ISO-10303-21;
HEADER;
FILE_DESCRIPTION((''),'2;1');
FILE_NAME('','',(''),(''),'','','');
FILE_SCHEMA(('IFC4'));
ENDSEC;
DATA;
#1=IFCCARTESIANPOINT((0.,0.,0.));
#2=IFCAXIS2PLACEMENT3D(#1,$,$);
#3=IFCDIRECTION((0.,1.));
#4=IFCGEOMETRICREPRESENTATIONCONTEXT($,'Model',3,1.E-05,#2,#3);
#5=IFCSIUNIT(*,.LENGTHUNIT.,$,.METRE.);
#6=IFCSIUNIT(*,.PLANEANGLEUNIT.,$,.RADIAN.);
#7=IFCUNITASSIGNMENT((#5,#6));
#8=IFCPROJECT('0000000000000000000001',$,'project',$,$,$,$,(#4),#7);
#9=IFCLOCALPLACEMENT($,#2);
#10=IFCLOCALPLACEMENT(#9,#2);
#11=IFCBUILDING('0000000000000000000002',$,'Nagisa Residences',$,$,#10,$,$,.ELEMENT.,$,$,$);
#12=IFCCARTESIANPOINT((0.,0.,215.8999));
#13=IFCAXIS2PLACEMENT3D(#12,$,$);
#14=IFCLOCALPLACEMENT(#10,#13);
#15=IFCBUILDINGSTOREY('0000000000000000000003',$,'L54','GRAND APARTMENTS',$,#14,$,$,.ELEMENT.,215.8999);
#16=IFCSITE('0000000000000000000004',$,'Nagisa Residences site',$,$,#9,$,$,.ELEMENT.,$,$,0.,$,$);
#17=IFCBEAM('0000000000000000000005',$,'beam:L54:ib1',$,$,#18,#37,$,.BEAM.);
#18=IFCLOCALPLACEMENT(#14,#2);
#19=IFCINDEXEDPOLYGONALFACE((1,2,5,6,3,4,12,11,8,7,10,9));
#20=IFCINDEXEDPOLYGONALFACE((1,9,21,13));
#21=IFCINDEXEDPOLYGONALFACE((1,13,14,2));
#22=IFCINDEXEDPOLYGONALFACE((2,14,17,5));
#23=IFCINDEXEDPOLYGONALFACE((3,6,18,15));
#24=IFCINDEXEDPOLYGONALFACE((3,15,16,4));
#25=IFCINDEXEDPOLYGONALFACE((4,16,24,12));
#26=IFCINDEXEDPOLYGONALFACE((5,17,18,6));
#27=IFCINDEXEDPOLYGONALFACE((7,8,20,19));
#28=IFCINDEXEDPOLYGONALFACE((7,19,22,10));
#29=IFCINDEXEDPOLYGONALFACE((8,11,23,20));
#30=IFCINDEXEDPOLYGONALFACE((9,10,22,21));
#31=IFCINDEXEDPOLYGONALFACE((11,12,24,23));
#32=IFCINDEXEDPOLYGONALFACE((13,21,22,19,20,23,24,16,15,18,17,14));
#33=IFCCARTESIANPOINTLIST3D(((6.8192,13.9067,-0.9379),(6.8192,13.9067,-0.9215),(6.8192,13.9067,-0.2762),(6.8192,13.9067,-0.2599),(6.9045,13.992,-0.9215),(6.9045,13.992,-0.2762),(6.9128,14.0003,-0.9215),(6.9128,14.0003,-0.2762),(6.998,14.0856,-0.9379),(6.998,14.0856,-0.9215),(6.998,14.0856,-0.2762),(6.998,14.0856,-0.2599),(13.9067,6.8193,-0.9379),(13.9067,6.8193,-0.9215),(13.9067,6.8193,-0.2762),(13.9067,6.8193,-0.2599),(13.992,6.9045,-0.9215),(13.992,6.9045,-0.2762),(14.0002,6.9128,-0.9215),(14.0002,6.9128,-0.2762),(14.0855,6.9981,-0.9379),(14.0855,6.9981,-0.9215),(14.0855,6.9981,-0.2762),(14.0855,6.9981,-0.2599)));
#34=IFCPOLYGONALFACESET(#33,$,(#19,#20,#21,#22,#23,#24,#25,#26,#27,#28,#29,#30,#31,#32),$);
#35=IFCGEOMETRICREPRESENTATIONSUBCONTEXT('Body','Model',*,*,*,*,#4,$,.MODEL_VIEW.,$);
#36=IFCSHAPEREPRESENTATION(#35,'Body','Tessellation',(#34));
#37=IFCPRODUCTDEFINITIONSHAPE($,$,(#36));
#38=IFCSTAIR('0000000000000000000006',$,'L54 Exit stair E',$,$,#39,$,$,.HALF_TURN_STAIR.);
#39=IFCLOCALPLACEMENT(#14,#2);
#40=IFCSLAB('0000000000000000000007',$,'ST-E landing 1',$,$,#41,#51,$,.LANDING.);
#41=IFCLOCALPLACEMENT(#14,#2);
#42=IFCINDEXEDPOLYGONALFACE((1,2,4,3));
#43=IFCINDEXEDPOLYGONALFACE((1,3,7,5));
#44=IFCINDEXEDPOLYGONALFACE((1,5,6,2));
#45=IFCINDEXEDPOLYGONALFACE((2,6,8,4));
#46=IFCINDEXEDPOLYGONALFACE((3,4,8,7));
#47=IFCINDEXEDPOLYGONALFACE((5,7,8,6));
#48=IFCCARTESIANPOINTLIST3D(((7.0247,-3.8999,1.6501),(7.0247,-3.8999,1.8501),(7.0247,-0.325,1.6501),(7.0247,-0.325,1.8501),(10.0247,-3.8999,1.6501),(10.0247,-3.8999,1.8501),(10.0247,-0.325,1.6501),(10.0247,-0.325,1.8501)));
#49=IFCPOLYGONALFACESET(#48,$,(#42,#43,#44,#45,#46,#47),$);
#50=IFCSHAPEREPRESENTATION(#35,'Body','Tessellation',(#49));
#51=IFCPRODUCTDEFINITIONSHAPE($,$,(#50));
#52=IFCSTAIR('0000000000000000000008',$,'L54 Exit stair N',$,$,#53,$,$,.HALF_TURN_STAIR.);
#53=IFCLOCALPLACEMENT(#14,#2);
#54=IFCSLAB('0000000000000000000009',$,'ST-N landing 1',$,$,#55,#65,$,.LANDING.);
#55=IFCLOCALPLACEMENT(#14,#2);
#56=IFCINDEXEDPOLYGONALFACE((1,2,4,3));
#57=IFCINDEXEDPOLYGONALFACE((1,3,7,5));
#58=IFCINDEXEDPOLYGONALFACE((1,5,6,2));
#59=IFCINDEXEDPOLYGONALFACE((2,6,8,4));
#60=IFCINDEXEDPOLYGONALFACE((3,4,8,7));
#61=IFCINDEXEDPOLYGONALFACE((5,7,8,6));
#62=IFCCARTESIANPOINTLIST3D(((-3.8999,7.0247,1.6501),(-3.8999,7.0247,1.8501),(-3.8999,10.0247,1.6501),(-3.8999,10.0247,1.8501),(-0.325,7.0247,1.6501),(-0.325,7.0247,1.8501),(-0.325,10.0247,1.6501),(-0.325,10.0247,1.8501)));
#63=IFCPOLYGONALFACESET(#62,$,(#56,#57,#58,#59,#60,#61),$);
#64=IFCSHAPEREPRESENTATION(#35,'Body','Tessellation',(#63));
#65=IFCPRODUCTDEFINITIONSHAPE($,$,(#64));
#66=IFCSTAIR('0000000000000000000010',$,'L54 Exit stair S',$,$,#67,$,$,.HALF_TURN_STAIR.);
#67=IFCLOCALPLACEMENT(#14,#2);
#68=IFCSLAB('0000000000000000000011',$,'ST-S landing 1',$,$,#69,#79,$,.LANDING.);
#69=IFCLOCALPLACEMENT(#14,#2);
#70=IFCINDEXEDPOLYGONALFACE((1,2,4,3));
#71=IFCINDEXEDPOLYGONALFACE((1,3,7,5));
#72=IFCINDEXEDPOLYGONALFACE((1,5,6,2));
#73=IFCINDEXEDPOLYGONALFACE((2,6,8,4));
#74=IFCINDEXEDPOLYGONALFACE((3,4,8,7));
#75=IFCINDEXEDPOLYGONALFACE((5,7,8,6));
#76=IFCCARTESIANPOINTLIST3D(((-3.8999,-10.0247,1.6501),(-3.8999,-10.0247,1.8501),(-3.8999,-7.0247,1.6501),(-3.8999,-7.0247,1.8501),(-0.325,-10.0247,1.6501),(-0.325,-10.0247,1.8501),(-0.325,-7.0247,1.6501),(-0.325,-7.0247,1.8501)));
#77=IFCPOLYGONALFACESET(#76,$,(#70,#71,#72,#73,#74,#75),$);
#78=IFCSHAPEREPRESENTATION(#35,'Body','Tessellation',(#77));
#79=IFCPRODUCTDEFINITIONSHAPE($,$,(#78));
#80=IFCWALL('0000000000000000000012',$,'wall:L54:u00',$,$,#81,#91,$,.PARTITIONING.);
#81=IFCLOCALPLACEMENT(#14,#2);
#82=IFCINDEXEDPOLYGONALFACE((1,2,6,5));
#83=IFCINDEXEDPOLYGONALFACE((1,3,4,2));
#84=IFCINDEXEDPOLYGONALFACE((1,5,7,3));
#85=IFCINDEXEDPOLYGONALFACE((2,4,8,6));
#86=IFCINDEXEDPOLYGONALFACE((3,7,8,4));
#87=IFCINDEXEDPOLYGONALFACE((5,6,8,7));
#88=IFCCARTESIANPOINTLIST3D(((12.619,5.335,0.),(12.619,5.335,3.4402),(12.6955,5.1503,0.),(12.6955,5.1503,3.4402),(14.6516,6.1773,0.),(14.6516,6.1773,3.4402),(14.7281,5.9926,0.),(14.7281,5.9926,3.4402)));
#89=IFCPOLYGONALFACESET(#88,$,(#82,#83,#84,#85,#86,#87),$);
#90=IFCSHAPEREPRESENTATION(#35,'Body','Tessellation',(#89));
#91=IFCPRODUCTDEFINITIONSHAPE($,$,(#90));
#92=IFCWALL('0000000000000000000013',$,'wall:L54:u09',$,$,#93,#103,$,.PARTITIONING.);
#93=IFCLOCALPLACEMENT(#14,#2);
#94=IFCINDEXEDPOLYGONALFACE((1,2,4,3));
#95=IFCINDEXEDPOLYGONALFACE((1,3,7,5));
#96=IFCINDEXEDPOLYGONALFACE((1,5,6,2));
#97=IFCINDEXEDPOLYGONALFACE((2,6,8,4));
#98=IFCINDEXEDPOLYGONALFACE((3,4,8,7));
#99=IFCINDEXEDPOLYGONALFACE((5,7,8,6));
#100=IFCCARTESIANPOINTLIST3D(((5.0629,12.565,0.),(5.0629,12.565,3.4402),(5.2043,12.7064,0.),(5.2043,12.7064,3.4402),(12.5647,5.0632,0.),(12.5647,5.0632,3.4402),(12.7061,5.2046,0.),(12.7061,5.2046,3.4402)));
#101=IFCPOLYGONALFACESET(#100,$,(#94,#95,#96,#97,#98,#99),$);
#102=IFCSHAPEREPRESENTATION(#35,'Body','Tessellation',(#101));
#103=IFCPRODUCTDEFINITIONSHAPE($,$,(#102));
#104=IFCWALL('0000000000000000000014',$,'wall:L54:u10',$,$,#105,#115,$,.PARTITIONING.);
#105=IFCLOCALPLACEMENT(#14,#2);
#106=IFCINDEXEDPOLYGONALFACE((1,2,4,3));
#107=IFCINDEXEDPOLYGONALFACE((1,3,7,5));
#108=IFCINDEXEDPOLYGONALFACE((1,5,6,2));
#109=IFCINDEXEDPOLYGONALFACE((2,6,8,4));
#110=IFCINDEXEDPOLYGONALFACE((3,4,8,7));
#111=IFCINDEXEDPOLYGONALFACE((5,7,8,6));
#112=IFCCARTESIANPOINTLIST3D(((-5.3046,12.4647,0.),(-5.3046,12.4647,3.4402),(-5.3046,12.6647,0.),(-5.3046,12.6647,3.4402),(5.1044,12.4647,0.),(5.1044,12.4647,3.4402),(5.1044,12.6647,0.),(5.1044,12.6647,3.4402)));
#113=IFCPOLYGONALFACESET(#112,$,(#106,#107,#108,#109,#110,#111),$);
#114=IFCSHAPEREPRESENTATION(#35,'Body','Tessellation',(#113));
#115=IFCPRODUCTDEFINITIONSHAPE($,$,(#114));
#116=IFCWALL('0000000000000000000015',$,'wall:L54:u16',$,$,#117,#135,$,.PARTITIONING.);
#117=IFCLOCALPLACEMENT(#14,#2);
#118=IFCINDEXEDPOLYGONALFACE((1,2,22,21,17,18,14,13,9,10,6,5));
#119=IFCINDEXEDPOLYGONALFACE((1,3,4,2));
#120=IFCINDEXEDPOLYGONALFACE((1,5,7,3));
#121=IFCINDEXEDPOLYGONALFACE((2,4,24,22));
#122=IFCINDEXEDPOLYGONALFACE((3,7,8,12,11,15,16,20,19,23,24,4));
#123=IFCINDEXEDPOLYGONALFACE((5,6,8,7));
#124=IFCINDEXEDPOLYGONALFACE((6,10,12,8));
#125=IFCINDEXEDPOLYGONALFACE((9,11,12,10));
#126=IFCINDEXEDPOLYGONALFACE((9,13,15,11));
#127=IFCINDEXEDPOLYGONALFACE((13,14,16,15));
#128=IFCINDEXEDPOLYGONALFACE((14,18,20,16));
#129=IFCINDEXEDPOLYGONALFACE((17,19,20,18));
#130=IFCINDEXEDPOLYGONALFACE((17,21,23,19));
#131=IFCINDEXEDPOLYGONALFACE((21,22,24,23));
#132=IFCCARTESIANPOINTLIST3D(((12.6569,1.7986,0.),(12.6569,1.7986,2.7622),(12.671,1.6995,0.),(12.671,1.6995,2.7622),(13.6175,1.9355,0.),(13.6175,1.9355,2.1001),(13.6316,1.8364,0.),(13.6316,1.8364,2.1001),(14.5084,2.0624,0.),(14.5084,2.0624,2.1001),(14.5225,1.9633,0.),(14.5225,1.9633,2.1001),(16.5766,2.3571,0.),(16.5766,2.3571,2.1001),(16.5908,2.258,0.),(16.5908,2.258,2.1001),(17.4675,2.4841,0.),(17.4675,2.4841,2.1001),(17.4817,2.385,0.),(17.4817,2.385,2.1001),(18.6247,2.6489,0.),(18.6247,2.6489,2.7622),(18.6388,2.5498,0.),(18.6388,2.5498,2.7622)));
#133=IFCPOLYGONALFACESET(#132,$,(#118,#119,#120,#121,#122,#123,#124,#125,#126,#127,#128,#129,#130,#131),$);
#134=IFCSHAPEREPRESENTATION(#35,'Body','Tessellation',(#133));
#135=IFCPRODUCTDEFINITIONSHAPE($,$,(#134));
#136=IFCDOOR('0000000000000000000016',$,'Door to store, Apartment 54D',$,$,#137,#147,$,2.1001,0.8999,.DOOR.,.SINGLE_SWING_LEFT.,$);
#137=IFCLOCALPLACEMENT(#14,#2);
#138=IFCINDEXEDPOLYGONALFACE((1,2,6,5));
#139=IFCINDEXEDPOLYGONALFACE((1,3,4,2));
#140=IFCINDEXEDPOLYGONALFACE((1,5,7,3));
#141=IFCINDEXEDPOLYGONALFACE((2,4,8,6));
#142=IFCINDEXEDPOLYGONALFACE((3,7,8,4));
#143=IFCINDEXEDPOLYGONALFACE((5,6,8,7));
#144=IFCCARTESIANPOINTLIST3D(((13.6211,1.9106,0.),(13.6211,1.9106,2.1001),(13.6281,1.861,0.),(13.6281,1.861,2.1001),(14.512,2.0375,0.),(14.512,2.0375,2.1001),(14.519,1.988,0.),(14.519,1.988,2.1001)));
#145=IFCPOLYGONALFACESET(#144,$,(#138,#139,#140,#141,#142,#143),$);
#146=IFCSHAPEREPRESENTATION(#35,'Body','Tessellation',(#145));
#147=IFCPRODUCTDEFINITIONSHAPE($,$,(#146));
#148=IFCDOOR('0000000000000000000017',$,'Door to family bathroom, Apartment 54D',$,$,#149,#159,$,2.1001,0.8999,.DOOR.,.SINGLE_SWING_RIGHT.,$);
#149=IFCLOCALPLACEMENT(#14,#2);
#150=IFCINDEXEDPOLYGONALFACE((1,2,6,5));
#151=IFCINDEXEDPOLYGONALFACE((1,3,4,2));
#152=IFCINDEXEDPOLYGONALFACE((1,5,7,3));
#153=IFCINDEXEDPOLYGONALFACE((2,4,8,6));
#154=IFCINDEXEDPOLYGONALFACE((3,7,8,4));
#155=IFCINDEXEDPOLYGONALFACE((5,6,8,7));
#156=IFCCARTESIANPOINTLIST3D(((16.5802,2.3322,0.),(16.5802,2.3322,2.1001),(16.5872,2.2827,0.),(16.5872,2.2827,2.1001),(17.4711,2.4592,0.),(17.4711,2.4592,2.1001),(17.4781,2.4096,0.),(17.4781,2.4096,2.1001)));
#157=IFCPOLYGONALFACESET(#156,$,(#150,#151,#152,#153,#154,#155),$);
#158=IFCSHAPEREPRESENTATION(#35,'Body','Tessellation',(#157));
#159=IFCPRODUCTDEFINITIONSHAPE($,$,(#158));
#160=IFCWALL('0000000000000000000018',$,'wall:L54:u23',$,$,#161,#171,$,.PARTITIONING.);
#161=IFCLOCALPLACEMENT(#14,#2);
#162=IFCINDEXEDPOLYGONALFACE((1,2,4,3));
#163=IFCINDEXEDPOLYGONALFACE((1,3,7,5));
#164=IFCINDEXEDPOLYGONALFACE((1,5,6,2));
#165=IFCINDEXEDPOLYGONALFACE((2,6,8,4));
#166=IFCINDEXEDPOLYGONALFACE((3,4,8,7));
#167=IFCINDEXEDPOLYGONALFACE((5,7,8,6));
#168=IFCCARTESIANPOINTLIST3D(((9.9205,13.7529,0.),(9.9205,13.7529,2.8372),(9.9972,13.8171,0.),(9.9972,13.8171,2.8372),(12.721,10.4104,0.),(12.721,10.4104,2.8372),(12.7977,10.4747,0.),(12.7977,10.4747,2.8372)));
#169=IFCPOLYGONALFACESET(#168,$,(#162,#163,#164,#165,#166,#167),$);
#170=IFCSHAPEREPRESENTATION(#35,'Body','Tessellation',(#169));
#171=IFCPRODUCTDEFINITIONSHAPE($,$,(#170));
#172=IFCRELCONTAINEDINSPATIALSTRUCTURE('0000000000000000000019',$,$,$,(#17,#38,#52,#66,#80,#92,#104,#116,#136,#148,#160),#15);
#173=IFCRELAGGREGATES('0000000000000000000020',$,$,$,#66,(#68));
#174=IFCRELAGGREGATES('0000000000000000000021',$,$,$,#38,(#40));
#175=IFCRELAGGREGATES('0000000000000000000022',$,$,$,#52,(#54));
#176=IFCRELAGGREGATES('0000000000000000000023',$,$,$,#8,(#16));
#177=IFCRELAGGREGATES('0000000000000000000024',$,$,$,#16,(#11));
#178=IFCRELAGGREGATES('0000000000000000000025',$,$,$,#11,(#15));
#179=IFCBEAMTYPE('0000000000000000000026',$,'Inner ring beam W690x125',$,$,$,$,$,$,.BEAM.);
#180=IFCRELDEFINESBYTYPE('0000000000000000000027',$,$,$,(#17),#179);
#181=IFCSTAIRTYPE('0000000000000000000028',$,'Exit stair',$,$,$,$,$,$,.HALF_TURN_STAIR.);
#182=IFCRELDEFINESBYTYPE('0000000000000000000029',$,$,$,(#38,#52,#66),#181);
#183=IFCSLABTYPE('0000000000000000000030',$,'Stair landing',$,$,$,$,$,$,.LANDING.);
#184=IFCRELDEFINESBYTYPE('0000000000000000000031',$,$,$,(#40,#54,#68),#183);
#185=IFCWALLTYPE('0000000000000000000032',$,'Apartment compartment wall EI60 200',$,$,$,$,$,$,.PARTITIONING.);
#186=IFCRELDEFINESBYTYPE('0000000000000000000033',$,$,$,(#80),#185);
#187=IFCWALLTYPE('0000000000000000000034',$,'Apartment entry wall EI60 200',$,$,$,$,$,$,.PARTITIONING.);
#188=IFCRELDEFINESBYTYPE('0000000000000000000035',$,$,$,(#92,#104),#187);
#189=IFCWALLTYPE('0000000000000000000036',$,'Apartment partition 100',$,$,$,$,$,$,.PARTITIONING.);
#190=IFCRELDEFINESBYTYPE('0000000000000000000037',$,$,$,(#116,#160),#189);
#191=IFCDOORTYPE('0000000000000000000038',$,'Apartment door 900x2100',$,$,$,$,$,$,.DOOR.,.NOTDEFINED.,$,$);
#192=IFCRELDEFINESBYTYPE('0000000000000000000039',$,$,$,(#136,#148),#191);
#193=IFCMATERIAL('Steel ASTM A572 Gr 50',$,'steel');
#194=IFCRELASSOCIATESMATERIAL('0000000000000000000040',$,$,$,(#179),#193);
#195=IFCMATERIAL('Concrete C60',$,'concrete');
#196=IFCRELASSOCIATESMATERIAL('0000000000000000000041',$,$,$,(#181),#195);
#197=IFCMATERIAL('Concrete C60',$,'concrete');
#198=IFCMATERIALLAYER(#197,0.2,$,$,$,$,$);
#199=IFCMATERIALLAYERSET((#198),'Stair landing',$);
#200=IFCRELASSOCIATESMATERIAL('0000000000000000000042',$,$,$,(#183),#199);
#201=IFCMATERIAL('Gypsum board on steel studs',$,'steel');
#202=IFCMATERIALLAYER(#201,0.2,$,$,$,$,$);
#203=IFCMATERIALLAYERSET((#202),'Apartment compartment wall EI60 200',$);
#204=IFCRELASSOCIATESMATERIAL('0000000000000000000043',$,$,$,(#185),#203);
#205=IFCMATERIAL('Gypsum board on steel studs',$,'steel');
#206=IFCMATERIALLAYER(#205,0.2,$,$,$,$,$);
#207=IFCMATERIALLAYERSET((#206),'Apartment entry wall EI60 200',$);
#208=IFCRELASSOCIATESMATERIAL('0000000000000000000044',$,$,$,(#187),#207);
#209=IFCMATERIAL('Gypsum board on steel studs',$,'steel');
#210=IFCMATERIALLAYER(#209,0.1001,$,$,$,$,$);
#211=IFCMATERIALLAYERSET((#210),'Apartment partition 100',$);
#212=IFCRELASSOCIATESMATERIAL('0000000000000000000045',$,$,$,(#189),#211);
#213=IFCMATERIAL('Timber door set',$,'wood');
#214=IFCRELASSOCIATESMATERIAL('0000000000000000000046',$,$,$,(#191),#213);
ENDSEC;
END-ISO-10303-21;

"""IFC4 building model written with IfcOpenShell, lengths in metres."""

from ifc_helpers import new_model, si_unit, direction, frame, frame_2d, origin, origin_2d, place, context, subcontext, project, spatial, polyline, rectangle, i_section, outline, extrude, material, layer, layer_set, material_profile, profile_set, type_object, element, fill, aggregate, save


model = new_model("IFC4")

# Units and contexts
model_context = context("Model", 3, precision=1e-05, world=origin(), true_north=direction((0.0, 1.0)))
body_context = subcontext(model_context, "Body", "Model", "MODEL_VIEW")
ifc_project = project(units=[si_unit("LENGTHUNIT", "METRE"), si_unit("PLANEANGLEUNIT", "RADIAN")], contexts=[model_context])

# Site, building, storey
site_placement = place(None, origin())
site = spatial("IfcSite", under=ifc_project, at=site_placement, Name="Nagisa Residences site", CompositionType="ELEMENT", RefElevation=0.0)
building_placement = place(site_placement, origin())
building = spatial("IfcBuilding", under=site, at=building_placement, Name="Nagisa Residences", CompositionType="ELEMENT")
storey_placement = place(building_placement, frame((0.0, 0.0, 215.8999)))
storey = spatial("IfcBuildingStorey", under=building, at=storey_placement, Name="L54", Description="GRAND APARTMENTS", CompositionType="ELEMENT", Elevation=215.8999)

# Beam
ifc_material_1 = material(Name="Steel ASTM A572 Gr 50", Category="steel")
ifc_material_profile = material_profile(ifc_material_1, i_section(OverallWidth=0.2529, OverallDepth=0.678, WebThickness=0.0117, FlangeThickness=0.0164, at=origin_2d()), Name="W690x125")
ifc_profile_set = profile_set([ifc_material_profile], Name="Steel ASTM A572 Gr 50")
beam_type = type_object("IfcBeamType", Name="Inner ring beam W690x125", PredefinedType="BEAM", material=ifc_profile_set)
beam_placement = place(storey_placement, frame((13.9961, 6.9087, -0.5989), z_axis=(-0.707107, 0.707107, 0.0), x_axis=(-0.707107, -0.707107, 0.0)))
element("IfcBeam", 1, at=beam_placement, inside=storey, type_object=beam_type, Name="beam:L54:ib1", PredefinedType="BEAM", context=body_context, shape_type="SweptSolid", body=[
    extrude(i_section(OverallWidth=0.2529, OverallDepth=0.678, WebThickness=0.0117, FlangeThickness=0.0164, at=origin_2d()), origin(), (0.0, 0.0, 1.0), 10.0232),
])

# Stairs, slabs
ifc_material_2 = material(Name="Concrete C60", Category="concrete")
stair_type = type_object("IfcStairType", Name="Exit stair", PredefinedType="HALF_TURN_STAIR", material=ifc_material_2)
stair_1_placement = place(storey_placement, origin())
stair_1 = element("IfcStair", 2, at=stair_1_placement, inside=storey, type_object=stair_type, Name="L54 Exit stair E", PredefinedType="HALF_TURN_STAIR")
ifc_material_3 = material(Name="Concrete C60", Category="concrete")
ifc_layer_1 = layer(ifc_material_3, 0.2)
ifc_layer_set_1 = layer_set([ifc_layer_1], Name="Stair landing")
slab_type = type_object("IfcSlabType", Name="Stair landing", PredefinedType="LANDING", material=ifc_layer_set_1)
slab_1_placement = place(storey_placement, frame((0.0, 0.0, 1.6501)))
slab_1 = element("IfcSlab", 3, at=slab_1_placement, type_object=slab_type, Name="ST-E landing 1", PredefinedType="LANDING", context=body_context, shape_type="SweptSolid", body=[
    extrude(outline(polyline([(7.0247, -0.325), (7.0247, -3.8999), (10.0247, -3.8999), (10.0247, -0.325), (7.0247, -0.325)])), origin(), (0.0, 0.0, 1.0), 0.2),
])
stair_2_placement = place(storey_placement, origin())
stair_2 = element("IfcStair", 4, at=stair_2_placement, inside=storey, type_object=stair_type, Name="L54 Exit stair N", PredefinedType="HALF_TURN_STAIR")
slab_2_placement = place(storey_placement, frame((0.0, 0.0, 1.6501)))
slab_2 = element("IfcSlab", 5, at=slab_2_placement, type_object=slab_type, Name="ST-N landing 1", PredefinedType="LANDING", context=body_context, shape_type="SweptSolid", body=[
    extrude(outline(polyline([(-0.325, 10.0247), (-3.8999, 10.0247), (-3.8999, 7.0247), (-0.325, 7.0247), (-0.325, 10.0247)])), origin(), (0.0, 0.0, 1.0), 0.2),
])
stair_3_placement = place(storey_placement, origin())
stair_3 = element("IfcStair", 6, at=stair_3_placement, inside=storey, type_object=stair_type, Name="L54 Exit stair S", PredefinedType="HALF_TURN_STAIR")
slab_3_placement = place(storey_placement, frame((0.0, 0.0, 1.6501)))
slab_3 = element("IfcSlab", 7, at=slab_3_placement, type_object=slab_type, Name="ST-S landing 1", PredefinedType="LANDING", context=body_context, shape_type="SweptSolid", body=[
    extrude(outline(polyline([(-0.325, -7.0247), (-3.8999, -7.0247), (-3.8999, -10.0247), (-0.325, -10.0247), (-0.325, -7.0247)])), origin(), (0.0, 0.0, 1.0), 0.2),
])
aggregate(stair_3, [slab_3])

# Walls
ifc_material_4 = material(Name="Gypsum board on steel studs", Category="steel")
ifc_layer_2 = layer(ifc_material_4, 0.2)
ifc_layer_set_2 = layer_set([ifc_layer_2], Name="Apartment compartment wall EI60 200")
wall_type_1 = type_object("IfcWallType", Name="Apartment compartment wall EI60 200", PredefinedType="PARTITIONING", material=ifc_layer_set_2)
wall_1_placement = place(storey_placement, frame((12.6572, 5.2427, 0.0), z_axis=(0.0, 0.0, 1.0), x_axis=(0.92383, 0.382803, 0.0)))
element("IfcWall", 8, at=wall_1_placement, inside=storey, type_object=wall_type_1, Name="wall:L54:u00", PredefinedType="PARTITIONING", context=body_context, shape_type="SweptSolid", body=[
    extrude(rectangle(XDim=2.2002, YDim=0.2, at=frame_2d((1.1001, 0.0))), origin(), (0.0, 0.0, 1.0), 3.4402),
])
ifc_material_5 = material(Name="Gypsum board on steel studs", Category="steel")
ifc_layer_3 = layer(ifc_material_5, 0.2)
ifc_layer_set_3 = layer_set([ifc_layer_3], Name="Apartment entry wall EI60 200")
wall_type_2 = type_object("IfcWallType", Name="Apartment entry wall EI60 200", PredefinedType="PARTITIONING", material=ifc_layer_set_3)
wall_2_placement = place(storey_placement, frame((12.6355, 5.1338, 0.0), z_axis=(0.0, 0.0, 1.0), x_axis=(-0.707107, 0.707107, 0.0)))
element("IfcWall", 9, at=wall_2_placement, inside=storey, type_object=wall_type_2, Name="wall:L54:u09", PredefinedType="PARTITIONING", context=body_context, shape_type="SweptSolid", body=[
    extrude(rectangle(XDim=10.6091, YDim=0.2, at=frame_2d((5.3047, 0.0))), origin(), (0.0, 0.0, 1.0), 3.4402),
])
wall_3_placement = place(storey_placement, frame((5.1045, 12.5647, 0.0), z_axis=(0.0, 0.0, 1.0), x_axis=(-1.0, 0.0, 0.0)))
element("IfcWall", 10, at=wall_3_placement, inside=storey, type_object=wall_type_2, Name="wall:L54:u10", PredefinedType="PARTITIONING", context=body_context, shape_type="SweptSolid", body=[
    extrude(rectangle(XDim=10.4089, YDim=0.2, at=frame_2d((5.2046, 0.0))), origin(), (0.0, 0.0, 1.0), 3.4402),
])

# Wall, openings, doors
ifc_material_6 = material(Name="Gypsum board on steel studs", Category="steel")
ifc_layer_4 = layer(ifc_material_6, 0.1001)
ifc_layer_set_4 = layer_set([ifc_layer_4], Name="Apartment partition 100")
wall_type_3 = type_object("IfcWallType", Name="Apartment partition 100", PredefinedType="PARTITIONING", material=ifc_layer_set_4)
wall_4_placement = place(storey_placement, frame((12.6638, 1.749, 0.0), z_axis=(0.0, 0.0, 1.0), x_axis=(0.99, 0.141064, 0.0)))
wall_4 = element("IfcWall", 11, at=wall_4_placement, inside=storey, type_object=wall_type_3, Name="wall:L54:u16", PredefinedType="PARTITIONING", context=body_context, shape_type="SweptSolid", body=[
    extrude(rectangle(XDim=6.0281, YDim=0.1001, at=frame_2d((3.0142, 0.0))), origin(), (0.0, 0.0, 1.0), 2.7622),
])
opening_1_placement = place(wall_4_placement, frame((0.9705, 0.0, 0.0)))
opening_1 = element("IfcOpeningElement", 12, at=opening_1_placement, cuts=wall_4, PredefinedType="OPENING", context=body_context, shape_type="SweptSolid", body=[
    extrude(rectangle(XDim=0.8999, YDim=2.1001, at=frame_2d((0.45, 1.05))), frame((0.0, 0.0601, 0.0), z_axis=(0.0, -1.0, 0.0), x_axis=(1.0, 0.0, 0.0)), (0.0, 0.0, 1.0), 0.1201),
])
opening_2_placement = place(wall_4_placement, frame((3.9595, 0.0, 0.0)))
opening_2 = element("IfcOpeningElement", 13, at=opening_2_placement, cuts=wall_4, PredefinedType="OPENING", context=body_context, shape_type="SweptSolid", body=[
    extrude(rectangle(XDim=0.8999, YDim=2.1001, at=frame_2d((0.45, 1.05))), frame((0.0, 0.0601, 0.0), z_axis=(0.0, -1.0, 0.0), x_axis=(1.0, 0.0, 0.0)), (0.0, 0.0, 1.0), 0.1201),
])
ifc_material_7 = material(Name="Timber door set", Category="wood")
door_type_1 = type_object("IfcDoorType", Name="Apartment door 900x2100", OperationType="NOTDEFINED", PredefinedType="DOOR", material=ifc_material_7)
door_1_placement = place(opening_1_placement, origin())
door_1 = element("IfcDoor", 14, at=door_1_placement, inside=storey, type_object=door_type_1, Name="Door to store, Apartment 54D", OperationType="SINGLE_SWING_LEFT", OverallHeight=2.1001, OverallWidth=0.8999, PredefinedType="DOOR", context=body_context, shape_type="SweptSolid", body=[
    extrude(rectangle(XDim=0.8999, YDim=2.1001, at=frame_2d((0.45, 1.05))), frame((0.0, 0.0249, 0.0), z_axis=(0.0, -1.0, 0.0), x_axis=(1.0, 0.0, 0.0)), (0.0, 0.0, 1.0), 0.05),
])
fill(opening_1, door_1)
door_2_placement = place(opening_2_placement, origin())
door_2 = element("IfcDoor", 15, at=door_2_placement, inside=storey, type_object=door_type_1, Name="Door to family bathroom, Apartment 54D", OperationType="SINGLE_SWING_RIGHT", OverallHeight=2.1001, OverallWidth=0.8999, PredefinedType="DOOR", context=body_context, shape_type="SweptSolid", body=[
    extrude(rectangle(XDim=0.8999, YDim=2.1001, at=frame_2d((0.45, 1.05))), frame((0.0, 0.0249, 0.0), z_axis=(0.0, -1.0, 0.0), x_axis=(1.0, 0.0, 0.0)), (0.0, 0.0, 1.0), 0.05),
])
fill(opening_2, door_2)

# Wall
wall_5_placement = place(storey_placement, frame((12.7593, 10.4426, 0.0), z_axis=(0.0, 0.0, 1.0), x_axis=(-0.642225, 0.766516, 0.0)))
element("IfcWall", 16, at=wall_5_placement, inside=storey, type_object=wall_type_3, Name="wall:L54:u23", PredefinedType="PARTITIONING", context=body_context, shape_type="SweptSolid", body=[
    extrude(rectangle(XDim=4.3606, YDim=0.1001, at=frame_2d((2.1802, 0.0))), origin(), (0.0, 0.0, 1.0), 2.8372),
])

aggregate(stair_1, [slab_1])
aggregate(stair_2, [slab_2])

save(model, "model.ifc")
